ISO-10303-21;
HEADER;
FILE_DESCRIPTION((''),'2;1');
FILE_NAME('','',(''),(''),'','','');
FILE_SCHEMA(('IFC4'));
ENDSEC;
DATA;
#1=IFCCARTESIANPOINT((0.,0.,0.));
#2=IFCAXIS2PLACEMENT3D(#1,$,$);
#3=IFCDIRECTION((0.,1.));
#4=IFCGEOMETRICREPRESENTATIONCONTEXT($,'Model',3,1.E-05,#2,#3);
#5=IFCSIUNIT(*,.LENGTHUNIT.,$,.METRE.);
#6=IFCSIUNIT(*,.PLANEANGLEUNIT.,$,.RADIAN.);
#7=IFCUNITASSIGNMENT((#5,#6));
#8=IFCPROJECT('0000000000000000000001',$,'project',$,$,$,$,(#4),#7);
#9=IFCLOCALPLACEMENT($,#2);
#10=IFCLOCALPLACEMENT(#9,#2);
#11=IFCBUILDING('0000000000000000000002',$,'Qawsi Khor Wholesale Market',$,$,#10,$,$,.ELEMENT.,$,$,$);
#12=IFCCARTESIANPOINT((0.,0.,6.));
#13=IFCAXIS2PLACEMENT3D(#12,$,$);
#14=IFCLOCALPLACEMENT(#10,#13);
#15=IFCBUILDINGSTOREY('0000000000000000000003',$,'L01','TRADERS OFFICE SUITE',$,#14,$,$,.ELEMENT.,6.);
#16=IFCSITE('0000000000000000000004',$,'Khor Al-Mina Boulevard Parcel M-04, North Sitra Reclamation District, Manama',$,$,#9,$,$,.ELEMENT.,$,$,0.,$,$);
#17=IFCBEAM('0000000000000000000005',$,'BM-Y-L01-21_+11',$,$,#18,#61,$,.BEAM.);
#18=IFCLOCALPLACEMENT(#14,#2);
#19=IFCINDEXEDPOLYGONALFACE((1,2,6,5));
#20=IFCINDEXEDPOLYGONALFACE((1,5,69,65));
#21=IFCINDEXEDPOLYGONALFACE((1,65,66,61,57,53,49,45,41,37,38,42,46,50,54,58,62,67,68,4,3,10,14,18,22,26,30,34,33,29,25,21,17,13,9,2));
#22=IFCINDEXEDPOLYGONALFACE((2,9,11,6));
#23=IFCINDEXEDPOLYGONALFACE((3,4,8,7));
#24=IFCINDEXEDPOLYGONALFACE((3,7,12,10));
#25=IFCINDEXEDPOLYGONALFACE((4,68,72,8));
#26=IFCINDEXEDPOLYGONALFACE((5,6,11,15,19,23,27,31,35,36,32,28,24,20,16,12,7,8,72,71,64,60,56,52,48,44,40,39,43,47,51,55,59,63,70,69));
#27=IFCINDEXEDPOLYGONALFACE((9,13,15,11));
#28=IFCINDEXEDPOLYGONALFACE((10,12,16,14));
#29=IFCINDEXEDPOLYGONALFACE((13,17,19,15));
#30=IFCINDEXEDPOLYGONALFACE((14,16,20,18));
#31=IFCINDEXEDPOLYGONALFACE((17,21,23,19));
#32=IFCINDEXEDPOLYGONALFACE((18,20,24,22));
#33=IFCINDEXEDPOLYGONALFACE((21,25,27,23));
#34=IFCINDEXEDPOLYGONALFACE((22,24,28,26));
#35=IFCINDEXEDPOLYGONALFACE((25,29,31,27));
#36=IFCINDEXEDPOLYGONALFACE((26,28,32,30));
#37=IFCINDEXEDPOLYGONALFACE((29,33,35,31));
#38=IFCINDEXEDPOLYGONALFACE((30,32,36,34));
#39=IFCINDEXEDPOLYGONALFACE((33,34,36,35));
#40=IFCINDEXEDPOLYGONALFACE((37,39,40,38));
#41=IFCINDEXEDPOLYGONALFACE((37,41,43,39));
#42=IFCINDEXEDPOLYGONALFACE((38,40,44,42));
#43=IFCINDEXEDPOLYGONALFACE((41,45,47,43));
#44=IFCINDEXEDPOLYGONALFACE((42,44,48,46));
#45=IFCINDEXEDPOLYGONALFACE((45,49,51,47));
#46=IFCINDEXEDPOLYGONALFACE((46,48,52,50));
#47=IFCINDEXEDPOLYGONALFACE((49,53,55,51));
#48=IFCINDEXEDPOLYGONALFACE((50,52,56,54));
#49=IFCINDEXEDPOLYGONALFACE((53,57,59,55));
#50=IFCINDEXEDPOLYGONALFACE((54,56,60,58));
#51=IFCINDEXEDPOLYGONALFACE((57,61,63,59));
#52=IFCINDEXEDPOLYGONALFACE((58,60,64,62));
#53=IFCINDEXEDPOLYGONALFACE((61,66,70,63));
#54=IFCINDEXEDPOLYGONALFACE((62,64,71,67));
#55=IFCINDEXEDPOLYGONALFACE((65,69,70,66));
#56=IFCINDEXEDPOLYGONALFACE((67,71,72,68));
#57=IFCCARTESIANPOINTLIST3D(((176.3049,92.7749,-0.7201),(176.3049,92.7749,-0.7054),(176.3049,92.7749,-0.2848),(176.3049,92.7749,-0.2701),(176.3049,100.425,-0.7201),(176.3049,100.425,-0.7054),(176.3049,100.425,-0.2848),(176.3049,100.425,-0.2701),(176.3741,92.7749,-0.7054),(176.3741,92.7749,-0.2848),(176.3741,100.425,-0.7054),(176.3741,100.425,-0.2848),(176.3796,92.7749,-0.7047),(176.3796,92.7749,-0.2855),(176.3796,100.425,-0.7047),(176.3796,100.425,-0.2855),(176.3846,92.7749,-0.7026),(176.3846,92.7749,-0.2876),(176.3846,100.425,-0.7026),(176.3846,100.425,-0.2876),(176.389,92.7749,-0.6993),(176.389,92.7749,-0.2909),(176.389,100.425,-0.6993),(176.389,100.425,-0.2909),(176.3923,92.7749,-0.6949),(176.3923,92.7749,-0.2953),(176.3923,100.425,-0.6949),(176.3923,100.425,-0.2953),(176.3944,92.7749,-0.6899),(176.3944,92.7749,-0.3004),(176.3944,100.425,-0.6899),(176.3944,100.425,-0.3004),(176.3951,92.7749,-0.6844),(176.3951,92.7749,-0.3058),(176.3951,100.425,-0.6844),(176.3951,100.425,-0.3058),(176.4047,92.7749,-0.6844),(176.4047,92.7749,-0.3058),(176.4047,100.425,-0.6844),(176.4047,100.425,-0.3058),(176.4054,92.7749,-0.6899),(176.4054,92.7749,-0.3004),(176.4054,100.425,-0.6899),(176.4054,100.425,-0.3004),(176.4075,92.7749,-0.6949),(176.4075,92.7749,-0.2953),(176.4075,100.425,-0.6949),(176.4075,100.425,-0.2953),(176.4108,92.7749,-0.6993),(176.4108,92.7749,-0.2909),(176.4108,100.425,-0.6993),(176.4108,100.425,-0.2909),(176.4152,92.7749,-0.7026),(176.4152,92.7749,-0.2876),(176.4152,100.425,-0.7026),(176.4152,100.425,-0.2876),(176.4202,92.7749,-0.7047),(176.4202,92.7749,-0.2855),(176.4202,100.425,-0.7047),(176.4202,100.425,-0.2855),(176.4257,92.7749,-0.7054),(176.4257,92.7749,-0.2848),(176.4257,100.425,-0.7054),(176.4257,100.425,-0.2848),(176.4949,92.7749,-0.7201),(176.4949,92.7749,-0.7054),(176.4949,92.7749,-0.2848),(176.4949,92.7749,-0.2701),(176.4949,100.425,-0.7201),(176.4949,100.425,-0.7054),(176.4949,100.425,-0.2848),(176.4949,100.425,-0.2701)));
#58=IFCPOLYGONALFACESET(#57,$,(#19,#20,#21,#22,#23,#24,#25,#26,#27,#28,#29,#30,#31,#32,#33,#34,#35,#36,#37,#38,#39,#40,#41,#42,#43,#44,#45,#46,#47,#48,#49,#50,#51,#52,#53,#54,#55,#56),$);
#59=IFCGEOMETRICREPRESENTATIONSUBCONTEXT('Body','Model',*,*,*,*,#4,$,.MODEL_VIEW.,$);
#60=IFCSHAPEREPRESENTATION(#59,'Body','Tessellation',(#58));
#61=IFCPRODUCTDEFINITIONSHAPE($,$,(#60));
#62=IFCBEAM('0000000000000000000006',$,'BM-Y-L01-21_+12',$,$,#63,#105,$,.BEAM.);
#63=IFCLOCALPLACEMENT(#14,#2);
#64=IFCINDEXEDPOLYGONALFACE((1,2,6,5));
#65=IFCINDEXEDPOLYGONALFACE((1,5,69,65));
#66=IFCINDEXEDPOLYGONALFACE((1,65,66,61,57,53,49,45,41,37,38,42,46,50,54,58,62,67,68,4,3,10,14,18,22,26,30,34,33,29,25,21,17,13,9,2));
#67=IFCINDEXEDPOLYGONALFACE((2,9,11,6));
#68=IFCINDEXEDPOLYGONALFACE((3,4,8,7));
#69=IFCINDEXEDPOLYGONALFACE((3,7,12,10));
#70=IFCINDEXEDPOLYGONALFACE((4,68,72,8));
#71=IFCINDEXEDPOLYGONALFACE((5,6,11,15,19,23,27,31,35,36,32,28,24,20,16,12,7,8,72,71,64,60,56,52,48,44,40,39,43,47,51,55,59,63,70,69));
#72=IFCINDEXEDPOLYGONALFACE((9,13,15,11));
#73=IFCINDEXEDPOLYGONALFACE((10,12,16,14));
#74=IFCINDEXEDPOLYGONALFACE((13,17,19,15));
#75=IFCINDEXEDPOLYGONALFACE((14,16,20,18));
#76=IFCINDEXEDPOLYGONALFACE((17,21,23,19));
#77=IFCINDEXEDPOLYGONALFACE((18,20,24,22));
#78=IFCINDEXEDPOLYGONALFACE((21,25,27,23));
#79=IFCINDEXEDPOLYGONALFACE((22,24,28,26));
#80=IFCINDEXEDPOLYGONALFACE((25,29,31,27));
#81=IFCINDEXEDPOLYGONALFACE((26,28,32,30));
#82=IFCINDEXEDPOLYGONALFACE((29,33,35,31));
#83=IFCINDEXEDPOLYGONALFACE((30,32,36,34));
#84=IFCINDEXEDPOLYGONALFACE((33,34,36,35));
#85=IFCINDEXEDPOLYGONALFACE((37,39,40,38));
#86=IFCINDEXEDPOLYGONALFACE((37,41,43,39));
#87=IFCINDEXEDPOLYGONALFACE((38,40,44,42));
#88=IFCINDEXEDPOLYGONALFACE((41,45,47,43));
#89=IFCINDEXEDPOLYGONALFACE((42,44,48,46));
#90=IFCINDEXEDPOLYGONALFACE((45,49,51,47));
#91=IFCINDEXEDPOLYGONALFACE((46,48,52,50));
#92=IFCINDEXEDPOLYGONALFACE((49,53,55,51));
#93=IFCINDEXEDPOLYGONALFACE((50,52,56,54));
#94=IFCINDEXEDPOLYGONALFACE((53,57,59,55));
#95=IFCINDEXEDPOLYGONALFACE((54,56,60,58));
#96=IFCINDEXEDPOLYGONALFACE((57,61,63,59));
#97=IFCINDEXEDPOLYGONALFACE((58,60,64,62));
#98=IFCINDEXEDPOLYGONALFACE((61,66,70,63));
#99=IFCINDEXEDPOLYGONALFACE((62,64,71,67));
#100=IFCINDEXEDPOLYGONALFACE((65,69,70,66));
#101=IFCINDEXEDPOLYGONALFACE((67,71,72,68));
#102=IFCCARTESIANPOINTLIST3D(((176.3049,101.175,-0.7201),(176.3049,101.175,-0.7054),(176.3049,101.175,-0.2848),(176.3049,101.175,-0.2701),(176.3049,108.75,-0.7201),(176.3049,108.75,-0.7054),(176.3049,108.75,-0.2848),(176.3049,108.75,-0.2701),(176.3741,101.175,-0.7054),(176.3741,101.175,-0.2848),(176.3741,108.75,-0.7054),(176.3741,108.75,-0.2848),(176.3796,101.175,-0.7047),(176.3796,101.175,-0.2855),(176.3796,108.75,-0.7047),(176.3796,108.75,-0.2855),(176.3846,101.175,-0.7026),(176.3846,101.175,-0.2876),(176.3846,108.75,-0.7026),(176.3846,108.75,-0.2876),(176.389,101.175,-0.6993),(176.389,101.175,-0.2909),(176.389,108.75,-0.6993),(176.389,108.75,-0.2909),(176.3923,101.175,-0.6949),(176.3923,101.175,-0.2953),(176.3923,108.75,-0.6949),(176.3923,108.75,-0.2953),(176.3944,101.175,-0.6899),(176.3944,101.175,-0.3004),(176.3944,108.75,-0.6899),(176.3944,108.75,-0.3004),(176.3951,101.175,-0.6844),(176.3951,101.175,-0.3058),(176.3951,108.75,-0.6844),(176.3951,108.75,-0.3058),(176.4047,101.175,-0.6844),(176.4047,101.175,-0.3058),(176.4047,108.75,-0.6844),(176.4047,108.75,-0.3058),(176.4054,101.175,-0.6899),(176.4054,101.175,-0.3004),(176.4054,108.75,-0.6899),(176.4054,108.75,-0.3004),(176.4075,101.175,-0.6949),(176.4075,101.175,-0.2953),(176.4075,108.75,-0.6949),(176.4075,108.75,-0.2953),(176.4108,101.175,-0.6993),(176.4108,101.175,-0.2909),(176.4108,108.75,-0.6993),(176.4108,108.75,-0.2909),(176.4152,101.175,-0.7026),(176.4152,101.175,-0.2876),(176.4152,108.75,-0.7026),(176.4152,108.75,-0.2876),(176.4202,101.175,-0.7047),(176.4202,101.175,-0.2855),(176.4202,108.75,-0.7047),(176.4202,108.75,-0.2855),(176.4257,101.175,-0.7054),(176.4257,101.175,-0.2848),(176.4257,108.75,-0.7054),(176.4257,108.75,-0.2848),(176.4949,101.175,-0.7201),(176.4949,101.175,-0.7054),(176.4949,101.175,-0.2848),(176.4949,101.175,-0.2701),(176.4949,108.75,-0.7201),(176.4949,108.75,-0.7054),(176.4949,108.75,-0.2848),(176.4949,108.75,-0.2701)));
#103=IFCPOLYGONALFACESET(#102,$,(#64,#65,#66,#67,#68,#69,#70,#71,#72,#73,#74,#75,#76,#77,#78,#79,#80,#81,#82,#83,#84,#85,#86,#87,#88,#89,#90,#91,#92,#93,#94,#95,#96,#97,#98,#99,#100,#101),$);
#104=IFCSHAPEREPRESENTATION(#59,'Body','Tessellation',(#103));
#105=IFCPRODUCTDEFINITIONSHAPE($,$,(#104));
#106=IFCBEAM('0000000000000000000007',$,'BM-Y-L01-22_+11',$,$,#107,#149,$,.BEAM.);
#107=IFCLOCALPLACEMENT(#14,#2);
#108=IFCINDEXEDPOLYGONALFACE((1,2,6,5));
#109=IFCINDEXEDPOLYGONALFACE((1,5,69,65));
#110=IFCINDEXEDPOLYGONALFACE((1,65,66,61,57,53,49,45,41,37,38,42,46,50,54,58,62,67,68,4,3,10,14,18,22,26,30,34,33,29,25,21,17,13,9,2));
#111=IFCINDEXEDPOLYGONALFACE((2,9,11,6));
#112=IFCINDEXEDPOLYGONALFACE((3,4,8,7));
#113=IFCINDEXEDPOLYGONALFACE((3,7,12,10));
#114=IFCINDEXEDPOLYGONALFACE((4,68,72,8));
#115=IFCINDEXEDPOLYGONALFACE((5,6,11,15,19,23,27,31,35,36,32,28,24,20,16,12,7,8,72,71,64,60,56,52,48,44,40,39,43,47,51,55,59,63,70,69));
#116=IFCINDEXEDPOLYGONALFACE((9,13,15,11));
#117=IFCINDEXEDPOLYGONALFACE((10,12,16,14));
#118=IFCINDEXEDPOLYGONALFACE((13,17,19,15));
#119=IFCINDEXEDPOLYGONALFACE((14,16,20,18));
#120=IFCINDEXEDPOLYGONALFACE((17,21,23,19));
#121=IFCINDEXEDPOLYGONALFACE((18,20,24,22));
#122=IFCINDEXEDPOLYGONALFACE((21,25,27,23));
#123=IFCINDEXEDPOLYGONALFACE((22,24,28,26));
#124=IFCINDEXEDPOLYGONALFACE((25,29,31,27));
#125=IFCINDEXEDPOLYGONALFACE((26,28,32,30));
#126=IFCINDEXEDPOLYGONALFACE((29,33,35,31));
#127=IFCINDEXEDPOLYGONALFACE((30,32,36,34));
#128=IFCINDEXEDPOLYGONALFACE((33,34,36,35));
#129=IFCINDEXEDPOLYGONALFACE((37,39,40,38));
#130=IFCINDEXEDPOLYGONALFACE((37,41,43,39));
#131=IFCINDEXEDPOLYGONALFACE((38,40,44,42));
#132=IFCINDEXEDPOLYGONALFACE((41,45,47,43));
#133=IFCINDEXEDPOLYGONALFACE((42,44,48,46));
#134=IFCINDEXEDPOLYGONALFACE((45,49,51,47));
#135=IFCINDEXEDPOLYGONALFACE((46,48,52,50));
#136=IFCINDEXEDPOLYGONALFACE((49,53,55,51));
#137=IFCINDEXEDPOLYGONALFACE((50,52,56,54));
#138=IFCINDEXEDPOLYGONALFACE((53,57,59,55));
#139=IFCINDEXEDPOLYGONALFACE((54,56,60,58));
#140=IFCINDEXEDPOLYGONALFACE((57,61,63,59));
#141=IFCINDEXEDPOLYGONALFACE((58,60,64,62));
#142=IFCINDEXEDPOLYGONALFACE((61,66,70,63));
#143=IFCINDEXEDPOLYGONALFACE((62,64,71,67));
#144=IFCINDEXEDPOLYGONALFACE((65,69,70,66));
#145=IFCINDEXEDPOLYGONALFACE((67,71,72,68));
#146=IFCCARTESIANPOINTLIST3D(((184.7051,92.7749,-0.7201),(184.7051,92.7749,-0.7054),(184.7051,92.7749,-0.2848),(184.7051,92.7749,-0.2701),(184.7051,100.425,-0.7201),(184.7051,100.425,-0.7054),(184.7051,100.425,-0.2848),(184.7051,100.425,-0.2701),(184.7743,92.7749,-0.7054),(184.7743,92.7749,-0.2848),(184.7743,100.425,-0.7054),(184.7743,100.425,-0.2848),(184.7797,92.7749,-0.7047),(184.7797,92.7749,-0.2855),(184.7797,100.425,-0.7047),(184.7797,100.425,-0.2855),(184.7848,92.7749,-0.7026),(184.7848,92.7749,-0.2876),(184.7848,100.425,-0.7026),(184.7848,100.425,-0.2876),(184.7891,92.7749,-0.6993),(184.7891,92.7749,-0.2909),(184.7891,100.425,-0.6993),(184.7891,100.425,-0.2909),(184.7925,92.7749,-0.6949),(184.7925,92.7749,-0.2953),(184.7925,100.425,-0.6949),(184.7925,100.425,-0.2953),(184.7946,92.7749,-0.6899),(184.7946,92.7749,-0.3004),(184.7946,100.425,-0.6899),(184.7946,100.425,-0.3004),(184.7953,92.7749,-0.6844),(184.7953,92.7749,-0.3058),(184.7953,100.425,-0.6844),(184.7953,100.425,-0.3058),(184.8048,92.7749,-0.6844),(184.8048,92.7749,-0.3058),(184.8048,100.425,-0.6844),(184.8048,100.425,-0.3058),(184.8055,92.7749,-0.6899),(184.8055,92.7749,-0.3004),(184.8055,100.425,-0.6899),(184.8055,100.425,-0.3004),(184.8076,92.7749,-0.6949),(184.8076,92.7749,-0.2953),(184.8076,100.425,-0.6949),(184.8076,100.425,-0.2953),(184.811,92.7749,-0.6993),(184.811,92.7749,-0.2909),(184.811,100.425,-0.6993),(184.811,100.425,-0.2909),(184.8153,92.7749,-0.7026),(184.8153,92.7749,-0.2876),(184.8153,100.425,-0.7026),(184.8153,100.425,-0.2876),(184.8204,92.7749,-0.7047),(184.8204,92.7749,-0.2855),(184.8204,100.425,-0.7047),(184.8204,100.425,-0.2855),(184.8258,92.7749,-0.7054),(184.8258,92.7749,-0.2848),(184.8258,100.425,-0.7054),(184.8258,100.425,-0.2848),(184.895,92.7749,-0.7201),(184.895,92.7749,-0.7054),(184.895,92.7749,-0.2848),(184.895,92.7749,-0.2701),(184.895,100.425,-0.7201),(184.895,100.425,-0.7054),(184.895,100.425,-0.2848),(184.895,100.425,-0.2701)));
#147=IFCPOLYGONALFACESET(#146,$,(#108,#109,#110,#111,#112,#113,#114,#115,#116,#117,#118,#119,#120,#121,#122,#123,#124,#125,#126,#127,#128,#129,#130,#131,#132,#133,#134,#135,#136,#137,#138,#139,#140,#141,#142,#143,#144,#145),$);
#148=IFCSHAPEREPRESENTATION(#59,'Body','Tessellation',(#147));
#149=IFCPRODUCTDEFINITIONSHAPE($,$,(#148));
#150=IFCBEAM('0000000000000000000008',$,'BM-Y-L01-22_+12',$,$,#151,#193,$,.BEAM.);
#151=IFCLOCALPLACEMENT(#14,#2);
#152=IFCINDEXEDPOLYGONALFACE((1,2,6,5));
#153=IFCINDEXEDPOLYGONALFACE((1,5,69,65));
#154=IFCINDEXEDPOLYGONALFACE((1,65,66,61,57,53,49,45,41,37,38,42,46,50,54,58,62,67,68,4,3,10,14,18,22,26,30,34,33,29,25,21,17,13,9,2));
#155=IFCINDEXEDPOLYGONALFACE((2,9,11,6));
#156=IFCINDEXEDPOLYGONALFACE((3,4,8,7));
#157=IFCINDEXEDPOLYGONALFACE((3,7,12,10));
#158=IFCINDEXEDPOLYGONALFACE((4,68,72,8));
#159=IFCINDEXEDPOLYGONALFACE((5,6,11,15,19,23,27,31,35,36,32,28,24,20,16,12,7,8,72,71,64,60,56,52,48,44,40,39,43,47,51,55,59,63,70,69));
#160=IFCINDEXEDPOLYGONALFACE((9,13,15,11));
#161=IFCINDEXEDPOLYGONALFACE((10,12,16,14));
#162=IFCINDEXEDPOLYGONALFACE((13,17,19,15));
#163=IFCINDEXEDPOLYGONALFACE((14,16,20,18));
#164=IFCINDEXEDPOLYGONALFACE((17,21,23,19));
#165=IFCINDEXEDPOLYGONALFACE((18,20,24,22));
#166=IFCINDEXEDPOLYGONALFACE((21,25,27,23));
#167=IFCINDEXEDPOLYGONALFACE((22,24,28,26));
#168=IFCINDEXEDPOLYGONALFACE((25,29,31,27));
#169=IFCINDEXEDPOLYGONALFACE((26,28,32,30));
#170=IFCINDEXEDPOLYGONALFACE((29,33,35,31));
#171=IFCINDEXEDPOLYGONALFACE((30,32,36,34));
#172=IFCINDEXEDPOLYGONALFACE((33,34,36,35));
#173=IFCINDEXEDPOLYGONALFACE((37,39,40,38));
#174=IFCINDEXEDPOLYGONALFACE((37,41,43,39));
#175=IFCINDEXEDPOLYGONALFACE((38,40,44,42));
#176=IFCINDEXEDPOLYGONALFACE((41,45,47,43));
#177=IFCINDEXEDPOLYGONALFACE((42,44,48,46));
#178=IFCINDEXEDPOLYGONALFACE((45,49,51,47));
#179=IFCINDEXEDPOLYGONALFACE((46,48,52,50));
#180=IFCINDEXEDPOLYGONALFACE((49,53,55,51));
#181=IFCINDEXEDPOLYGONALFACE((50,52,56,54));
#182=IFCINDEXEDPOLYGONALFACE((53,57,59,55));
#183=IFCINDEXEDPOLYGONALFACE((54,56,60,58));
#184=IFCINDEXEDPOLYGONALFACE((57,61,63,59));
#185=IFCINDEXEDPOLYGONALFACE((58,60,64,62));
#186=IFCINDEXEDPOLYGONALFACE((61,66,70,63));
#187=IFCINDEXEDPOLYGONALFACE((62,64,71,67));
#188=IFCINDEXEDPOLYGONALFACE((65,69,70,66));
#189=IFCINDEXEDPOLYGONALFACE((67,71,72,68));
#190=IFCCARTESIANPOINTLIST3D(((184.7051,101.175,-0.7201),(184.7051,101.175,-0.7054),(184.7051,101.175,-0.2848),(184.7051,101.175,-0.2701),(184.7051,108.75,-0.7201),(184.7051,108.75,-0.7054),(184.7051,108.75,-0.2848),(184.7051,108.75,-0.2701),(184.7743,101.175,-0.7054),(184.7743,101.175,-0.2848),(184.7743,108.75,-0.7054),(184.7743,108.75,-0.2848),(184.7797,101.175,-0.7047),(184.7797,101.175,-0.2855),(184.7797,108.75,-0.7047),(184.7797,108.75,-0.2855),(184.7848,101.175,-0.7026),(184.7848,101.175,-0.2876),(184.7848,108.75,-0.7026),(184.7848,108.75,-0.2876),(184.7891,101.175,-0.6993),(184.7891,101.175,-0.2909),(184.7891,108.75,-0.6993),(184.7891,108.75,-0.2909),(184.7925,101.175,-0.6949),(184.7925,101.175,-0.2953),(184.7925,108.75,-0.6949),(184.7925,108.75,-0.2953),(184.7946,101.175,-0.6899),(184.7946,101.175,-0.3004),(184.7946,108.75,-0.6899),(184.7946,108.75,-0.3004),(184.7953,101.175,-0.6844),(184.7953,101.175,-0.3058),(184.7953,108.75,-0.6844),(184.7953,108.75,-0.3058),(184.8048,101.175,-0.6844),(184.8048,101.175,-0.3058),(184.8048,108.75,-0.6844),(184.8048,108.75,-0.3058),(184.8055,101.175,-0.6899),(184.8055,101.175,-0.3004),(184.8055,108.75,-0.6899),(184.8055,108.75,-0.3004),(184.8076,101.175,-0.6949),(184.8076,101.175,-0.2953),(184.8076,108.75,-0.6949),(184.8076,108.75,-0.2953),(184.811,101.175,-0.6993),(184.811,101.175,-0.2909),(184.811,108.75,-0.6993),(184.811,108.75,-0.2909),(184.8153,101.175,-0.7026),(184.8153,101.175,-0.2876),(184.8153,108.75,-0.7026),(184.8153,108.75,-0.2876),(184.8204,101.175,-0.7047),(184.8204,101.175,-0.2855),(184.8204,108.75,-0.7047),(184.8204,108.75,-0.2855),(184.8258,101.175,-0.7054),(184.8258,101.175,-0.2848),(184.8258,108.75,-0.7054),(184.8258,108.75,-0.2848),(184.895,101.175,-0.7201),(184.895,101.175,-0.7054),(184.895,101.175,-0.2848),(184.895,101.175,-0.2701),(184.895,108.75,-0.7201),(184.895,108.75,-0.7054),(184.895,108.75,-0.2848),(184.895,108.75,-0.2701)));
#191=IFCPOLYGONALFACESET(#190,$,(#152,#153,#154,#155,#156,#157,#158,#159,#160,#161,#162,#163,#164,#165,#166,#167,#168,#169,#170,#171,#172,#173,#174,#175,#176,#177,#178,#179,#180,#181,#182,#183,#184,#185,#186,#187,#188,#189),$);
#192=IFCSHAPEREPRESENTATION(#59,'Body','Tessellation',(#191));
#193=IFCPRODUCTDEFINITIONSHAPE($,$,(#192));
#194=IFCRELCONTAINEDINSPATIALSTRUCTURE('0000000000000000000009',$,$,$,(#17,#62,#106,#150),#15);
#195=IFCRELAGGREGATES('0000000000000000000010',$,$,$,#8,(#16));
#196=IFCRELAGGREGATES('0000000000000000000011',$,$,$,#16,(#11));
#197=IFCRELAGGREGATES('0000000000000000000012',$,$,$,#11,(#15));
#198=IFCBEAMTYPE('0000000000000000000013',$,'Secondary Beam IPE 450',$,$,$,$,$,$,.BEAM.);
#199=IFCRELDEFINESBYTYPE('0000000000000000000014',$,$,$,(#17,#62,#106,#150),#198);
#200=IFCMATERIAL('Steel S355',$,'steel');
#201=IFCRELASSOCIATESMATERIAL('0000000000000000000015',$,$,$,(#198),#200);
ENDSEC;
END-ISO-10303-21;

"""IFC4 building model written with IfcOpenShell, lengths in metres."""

from ifc_helpers import new_model, si_unit, direction, frame, origin, origin_2d, place, context, subcontext, project, spatial, i_section, extrude, material, material_profile, profile_set, type_object, element, save


model = new_model("IFC4")

# Units and contexts
model_context = context("Model", 3, precision=1e-05, world=origin(), true_north=direction((0.0, 1.0)))
body_context = subcontext(model_context, "Body", "Model", "MODEL_VIEW")
ifc_project = project(units=[si_unit("LENGTHUNIT", "METRE"), si_unit("PLANEANGLEUNIT", "RADIAN")], contexts=[model_context])

# Site, building, storey
site_placement = place(None, origin())
site = spatial("IfcSite", under=ifc_project, at=site_placement, Name="Khor Al-Mina Boulevard Parcel M-04, North Sitra Reclamation District, Manama", CompositionType="ELEMENT", RefElevation=0.0)
building_placement = place(site_placement, origin())
building = spatial("IfcBuilding", under=site, at=building_placement, Name="Qawsi Khor Wholesale Market", CompositionType="ELEMENT")
storey_placement = place(building_placement, frame((0.0, 0.0, 6.0)))
storey = spatial("IfcBuildingStorey", under=building, at=storey_placement, Name="L01", Description="TRADERS OFFICE SUITE", CompositionType="ELEMENT", Elevation=6.0)

# Beams
ifc_material_1 = material(Name="Steel S355", Category="steel")
ifc_material_profile_1 = material_profile(ifc_material_1, i_section(OverallWidth=0.1899, OverallDepth=0.45, WebThickness=0.0095, FlangeThickness=0.0146, FilletRadius=0.021, at=origin_2d()), Name="IPE 450")
ifc_profile_set_1 = profile_set([ifc_material_profile_1], Name="Steel S355")
beam_type_1 = type_object("IfcBeamType", Name="Secondary Beam IPE 450", PredefinedType="BEAM", material=ifc_profile_set_1)
beam_1_placement = place(storey_placement, frame((176.3999, 92.7749, -0.4951), z_axis=(0.0, 1.0, 0.0), x_axis=(-1.0, 0.0, 0.0)))
element("IfcBeam", 1, at=beam_1_placement, inside=storey, type_object=beam_type_1, Name="BM-Y-L01-21_+11", PredefinedType="BEAM", context=body_context, shape_type="SweptSolid", body=[
    extrude(i_section(OverallWidth=0.1899, OverallDepth=0.45, WebThickness=0.0095, FlangeThickness=0.0146, FilletRadius=0.021, at=origin_2d()), origin(), (0.0, 0.0, 1.0), 7.6501),
])
beam_2_placement = place(storey_placement, frame((176.3999, 101.175, -0.4951), z_axis=(0.0, 1.0, 0.0), x_axis=(-1.0, 0.0, 0.0)))
element("IfcBeam", 2, at=beam_2_placement, inside=storey, type_object=beam_type_1, Name="BM-Y-L01-21_+12", PredefinedType="BEAM", context=body_context, shape_type="SweptSolid", body=[
    extrude(i_section(OverallWidth=0.1899, OverallDepth=0.45, WebThickness=0.0095, FlangeThickness=0.0146, FilletRadius=0.021, at=origin_2d()), origin(), (0.0, 0.0, 1.0), 7.575),
])
beam_3_placement = place(storey_placement, frame((184.8, 92.7749, -0.4951), z_axis=(0.0, 1.0, 0.0), x_axis=(-1.0, 0.0, 0.0)))
element("IfcBeam", 3, at=beam_3_placement, inside=storey, type_object=beam_type_1, Name="BM-Y-L01-22_+11", PredefinedType="BEAM", context=body_context, shape_type="SweptSolid", body=[
    extrude(i_section(OverallWidth=0.1899, OverallDepth=0.45, WebThickness=0.0095, FlangeThickness=0.0146, FilletRadius=0.021, at=origin_2d()), origin(), (0.0, 0.0, 1.0), 7.6501),
])
beam_4_placement = place(storey_placement, frame((184.8, 101.175, -0.4951), z_axis=(0.0, 1.0, 0.0), x_axis=(-1.0, 0.0, 0.0)))
element("IfcBeam", 4, at=beam_4_placement, inside=storey, type_object=beam_type_1, Name="BM-Y-L01-22_+12", PredefinedType="BEAM", context=body_context, shape_type="SweptSolid", body=[
    extrude(i_section(OverallWidth=0.1899, OverallDepth=0.45, WebThickness=0.0095, FlangeThickness=0.0146, FilletRadius=0.021, at=origin_2d()), origin(), (0.0, 0.0, 1.0), 7.575),
])

save(model, "model.ifc")
